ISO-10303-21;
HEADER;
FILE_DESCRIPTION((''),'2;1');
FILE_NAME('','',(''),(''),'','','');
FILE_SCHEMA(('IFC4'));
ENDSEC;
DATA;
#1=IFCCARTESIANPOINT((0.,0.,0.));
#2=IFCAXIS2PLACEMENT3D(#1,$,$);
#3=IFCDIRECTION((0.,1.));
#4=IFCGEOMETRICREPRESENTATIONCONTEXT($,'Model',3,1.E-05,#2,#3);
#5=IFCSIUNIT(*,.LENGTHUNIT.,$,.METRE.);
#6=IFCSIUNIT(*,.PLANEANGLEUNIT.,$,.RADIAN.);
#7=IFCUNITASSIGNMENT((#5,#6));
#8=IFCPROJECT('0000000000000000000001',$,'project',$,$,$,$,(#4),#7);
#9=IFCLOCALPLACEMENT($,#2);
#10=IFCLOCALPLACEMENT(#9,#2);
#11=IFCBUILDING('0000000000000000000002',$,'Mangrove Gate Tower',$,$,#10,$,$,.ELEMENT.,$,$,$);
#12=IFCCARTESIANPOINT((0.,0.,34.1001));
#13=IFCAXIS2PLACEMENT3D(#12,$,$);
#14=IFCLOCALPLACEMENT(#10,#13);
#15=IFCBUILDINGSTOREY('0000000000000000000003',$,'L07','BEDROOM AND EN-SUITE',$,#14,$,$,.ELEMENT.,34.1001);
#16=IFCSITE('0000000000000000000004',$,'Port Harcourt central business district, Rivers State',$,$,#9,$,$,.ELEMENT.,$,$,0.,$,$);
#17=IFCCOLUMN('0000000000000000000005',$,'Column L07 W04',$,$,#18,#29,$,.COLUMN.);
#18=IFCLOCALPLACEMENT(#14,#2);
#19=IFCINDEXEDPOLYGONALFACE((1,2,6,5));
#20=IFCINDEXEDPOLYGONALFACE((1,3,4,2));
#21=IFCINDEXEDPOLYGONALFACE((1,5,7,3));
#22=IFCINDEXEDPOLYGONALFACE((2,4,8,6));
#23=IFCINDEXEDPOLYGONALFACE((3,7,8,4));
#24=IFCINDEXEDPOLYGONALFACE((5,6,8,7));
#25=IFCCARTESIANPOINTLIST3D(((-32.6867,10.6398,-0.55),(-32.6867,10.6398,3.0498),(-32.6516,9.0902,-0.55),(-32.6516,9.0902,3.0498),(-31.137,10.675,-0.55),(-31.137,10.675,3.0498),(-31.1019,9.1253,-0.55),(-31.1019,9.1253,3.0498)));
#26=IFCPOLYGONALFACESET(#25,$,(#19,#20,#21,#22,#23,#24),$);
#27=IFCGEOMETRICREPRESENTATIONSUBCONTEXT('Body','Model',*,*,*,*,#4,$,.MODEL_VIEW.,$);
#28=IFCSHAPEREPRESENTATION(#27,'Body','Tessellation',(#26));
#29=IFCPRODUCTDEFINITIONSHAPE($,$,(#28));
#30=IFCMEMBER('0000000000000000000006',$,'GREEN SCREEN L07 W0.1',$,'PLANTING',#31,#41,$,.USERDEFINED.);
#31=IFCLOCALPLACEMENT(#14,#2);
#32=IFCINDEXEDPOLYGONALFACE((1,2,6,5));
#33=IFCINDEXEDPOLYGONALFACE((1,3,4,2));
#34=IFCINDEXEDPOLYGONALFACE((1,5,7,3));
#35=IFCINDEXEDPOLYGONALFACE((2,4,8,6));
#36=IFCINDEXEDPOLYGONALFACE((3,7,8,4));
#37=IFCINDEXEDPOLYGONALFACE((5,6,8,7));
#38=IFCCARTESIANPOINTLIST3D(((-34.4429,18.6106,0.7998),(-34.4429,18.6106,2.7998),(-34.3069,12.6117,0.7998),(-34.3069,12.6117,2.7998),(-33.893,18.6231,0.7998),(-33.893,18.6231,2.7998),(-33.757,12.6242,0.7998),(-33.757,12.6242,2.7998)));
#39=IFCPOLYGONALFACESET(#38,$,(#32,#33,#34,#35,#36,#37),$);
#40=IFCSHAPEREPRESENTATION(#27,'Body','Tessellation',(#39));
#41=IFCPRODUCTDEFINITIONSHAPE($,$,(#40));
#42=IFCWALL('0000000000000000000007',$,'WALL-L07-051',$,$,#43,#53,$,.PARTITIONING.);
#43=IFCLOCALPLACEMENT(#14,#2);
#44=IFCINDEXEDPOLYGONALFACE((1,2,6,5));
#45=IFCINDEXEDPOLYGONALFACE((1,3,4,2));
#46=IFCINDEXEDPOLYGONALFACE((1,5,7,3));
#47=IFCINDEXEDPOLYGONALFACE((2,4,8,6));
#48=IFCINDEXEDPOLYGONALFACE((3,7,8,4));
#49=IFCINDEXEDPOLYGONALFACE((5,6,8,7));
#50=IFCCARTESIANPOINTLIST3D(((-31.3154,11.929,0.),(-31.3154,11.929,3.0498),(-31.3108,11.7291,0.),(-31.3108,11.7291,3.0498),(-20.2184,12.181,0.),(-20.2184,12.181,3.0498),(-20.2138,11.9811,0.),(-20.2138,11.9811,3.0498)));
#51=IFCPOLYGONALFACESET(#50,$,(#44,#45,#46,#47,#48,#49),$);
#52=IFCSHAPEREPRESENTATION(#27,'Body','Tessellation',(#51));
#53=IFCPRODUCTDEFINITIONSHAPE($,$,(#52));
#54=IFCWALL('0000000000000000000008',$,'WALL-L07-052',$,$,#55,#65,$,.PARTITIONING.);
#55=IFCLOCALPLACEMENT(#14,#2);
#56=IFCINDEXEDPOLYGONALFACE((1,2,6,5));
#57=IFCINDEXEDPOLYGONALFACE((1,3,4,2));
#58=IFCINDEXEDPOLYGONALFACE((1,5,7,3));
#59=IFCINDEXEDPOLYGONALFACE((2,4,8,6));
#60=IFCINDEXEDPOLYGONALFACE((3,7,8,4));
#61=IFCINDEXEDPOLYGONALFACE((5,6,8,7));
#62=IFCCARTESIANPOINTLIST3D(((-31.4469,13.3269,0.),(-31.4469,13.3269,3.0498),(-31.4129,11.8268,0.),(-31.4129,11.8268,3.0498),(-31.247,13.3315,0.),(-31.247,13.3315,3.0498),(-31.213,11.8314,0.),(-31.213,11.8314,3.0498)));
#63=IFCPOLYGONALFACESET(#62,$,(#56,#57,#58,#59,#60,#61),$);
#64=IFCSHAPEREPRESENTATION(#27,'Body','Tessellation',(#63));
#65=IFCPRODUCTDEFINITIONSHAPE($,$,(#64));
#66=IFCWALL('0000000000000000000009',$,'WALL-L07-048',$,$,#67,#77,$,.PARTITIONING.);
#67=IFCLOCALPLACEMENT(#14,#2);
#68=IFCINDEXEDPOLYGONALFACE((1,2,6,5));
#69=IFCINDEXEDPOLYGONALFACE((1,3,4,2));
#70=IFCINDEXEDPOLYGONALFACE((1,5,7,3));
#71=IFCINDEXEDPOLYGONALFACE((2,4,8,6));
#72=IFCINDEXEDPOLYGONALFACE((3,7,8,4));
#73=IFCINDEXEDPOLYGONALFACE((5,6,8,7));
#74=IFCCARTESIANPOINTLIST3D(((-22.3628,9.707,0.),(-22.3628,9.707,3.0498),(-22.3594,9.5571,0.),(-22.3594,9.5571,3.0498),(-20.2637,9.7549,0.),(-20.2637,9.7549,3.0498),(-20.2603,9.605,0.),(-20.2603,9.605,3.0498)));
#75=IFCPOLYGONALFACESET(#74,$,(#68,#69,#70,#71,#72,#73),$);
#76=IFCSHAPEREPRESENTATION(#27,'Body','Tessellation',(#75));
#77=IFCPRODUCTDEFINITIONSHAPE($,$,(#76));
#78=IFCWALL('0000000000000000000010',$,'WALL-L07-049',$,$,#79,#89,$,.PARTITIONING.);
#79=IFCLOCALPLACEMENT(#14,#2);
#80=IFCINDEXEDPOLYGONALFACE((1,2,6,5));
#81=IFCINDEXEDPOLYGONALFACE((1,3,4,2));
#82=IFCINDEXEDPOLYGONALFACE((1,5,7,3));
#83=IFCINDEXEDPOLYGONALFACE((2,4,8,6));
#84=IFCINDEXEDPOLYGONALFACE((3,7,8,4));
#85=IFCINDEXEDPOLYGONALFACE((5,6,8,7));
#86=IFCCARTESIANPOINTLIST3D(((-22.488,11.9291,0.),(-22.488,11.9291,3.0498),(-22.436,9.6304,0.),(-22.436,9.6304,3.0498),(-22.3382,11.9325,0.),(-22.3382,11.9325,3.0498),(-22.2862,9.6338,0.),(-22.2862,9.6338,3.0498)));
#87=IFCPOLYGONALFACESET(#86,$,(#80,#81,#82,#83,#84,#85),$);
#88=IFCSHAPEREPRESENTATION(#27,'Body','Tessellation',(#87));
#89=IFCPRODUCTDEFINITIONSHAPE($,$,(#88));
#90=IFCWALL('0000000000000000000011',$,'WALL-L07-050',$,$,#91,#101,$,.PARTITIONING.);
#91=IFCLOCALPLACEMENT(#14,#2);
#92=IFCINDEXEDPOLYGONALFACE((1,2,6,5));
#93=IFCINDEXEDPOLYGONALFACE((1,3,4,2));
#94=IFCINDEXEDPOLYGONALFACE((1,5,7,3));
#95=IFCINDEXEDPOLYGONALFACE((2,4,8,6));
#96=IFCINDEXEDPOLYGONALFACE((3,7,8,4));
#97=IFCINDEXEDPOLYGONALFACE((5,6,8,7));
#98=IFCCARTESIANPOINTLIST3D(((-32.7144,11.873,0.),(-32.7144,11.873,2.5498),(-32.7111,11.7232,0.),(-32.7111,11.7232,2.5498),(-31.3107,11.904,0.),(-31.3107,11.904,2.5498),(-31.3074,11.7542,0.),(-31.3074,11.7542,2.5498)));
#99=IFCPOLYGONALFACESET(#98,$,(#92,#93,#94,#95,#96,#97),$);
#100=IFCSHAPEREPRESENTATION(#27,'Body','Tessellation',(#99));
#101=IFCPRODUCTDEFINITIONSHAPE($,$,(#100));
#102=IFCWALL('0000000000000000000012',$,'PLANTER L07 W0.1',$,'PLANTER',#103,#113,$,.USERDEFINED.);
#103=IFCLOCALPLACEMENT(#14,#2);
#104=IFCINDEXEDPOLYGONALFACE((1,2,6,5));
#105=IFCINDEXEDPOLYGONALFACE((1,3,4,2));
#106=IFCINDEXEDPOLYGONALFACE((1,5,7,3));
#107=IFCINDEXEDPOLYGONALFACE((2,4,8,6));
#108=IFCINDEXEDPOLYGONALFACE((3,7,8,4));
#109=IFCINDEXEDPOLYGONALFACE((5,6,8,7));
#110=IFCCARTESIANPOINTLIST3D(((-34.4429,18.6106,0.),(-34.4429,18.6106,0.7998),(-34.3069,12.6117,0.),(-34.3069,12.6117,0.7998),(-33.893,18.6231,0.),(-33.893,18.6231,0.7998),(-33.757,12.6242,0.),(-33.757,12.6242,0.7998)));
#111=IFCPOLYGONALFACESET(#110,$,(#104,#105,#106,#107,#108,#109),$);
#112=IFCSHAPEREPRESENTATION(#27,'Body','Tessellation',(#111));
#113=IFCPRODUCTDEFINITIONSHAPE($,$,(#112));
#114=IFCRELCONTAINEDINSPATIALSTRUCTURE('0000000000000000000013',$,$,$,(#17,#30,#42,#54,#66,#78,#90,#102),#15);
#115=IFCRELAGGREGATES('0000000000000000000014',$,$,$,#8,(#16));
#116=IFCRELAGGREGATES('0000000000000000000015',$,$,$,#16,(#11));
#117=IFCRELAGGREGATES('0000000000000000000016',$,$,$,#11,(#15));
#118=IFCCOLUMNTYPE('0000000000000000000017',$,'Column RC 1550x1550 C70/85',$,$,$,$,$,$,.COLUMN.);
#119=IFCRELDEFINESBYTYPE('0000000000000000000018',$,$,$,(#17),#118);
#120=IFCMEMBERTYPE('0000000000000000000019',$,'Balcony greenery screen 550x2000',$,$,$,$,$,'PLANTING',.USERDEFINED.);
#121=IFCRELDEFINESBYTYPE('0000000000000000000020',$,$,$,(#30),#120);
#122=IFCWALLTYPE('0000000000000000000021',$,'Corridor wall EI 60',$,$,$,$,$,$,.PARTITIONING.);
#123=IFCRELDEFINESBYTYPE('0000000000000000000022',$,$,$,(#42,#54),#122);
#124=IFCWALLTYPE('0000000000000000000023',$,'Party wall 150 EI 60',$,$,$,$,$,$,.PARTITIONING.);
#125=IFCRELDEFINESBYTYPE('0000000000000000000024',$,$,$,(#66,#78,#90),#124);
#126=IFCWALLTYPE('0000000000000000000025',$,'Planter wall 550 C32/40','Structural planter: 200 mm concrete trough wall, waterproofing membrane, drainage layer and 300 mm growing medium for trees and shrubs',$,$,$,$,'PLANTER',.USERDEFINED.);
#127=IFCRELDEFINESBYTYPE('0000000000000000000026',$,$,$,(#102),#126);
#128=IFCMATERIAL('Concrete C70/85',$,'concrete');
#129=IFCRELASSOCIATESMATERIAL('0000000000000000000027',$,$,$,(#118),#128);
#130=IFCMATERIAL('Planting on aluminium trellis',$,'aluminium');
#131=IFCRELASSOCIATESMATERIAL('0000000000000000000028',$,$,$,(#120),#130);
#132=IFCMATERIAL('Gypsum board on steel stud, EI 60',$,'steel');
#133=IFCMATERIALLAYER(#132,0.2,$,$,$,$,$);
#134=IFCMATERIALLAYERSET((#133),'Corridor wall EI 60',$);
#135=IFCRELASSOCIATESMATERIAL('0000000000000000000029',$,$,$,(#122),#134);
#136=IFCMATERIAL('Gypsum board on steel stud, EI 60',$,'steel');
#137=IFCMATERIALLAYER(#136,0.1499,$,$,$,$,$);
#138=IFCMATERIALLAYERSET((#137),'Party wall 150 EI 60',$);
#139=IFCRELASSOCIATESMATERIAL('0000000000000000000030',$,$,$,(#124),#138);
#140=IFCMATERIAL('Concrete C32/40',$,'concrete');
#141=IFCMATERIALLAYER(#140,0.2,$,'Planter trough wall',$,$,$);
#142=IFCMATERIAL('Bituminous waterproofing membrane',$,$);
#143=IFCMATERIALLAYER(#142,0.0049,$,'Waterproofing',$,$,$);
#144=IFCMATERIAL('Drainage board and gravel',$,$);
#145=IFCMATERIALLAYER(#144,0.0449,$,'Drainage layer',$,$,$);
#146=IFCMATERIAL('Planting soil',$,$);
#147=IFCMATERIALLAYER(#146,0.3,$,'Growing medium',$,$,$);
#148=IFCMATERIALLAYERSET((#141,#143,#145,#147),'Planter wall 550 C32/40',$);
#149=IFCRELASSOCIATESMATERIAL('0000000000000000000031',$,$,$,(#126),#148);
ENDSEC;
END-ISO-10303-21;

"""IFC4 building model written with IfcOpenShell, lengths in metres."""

from ifc_helpers import new_model, si_unit, direction, frame, frame_2d, origin, origin_2d, place, context, subcontext, project, spatial, rectangle, extrude, material, layer, layer_set, material_profile, profile_set, type_object, element, save


model = new_model("IFC4")

# Units and contexts
model_context = context("Model", 3, precision=1e-05, world=origin(), true_north=direction((0.0, 1.0)))
body_context = subcontext(model_context, "Body", "Model", "MODEL_VIEW")
ifc_project = project(units=[si_unit("LENGTHUNIT", "METRE"), si_unit("PLANEANGLEUNIT", "RADIAN")], contexts=[model_context])

# Site, building, storey
site_placement = place(None, origin())
site = spatial("IfcSite", under=ifc_project, at=site_placement, Name="Port Harcourt central business district, Rivers State", CompositionType="ELEMENT", RefElevation=0.0)
building_placement = place(site_placement, origin())
building = spatial("IfcBuilding", under=site, at=building_placement, Name="Mangrove Gate Tower", CompositionType="ELEMENT")
storey_placement = place(building_placement, frame((0.0, 0.0, 34.1001)))
storey = spatial("IfcBuildingStorey", under=building, at=storey_placement, Name="L07", Description="BEDROOM AND EN-SUITE", CompositionType="ELEMENT", Elevation=34.1001)

# Column
ifc_material_1 = material(Name="Concrete C70/85", Category="concrete")
ifc_material_profile_1 = material_profile(ifc_material_1, rectangle(XDim=1.55, YDim=1.55, at=origin_2d()))
ifc_profile_set_1 = profile_set([ifc_material_profile_1], Name="Concrete C70/85")
column_type = type_object("IfcColumnType", Name="Column RC 1550x1550 C70/85", PredefinedType="COLUMN", material=ifc_profile_set_1)
column_placement = place(storey_placement, frame((-31.8943, 9.8826, -0.55), z_axis=(0.0, 0.0, 1.0), x_axis=(0.022653, -0.999743, 0.0)))
element("IfcColumn", 1, at=column_placement, inside=storey, type_object=column_type, Name="Column L07 W04", PredefinedType="COLUMN", context=body_context, shape_type="SweptSolid", body=[
    extrude(rectangle(XDim=1.55, YDim=1.55, at=origin_2d()), origin(), (0.0, 0.0, 1.0), 3.5999),
])

# Member
ifc_material_2 = material(Name="Planting on aluminium trellis", Category="aluminium")
ifc_material_profile_2 = material_profile(ifc_material_2, rectangle(XDim=0.55, YDim=2.0, at=origin_2d()))
ifc_profile_set_2 = profile_set([ifc_material_profile_2], Name="Planting on aluminium trellis")
member_type = type_object("IfcMemberType", Name="Balcony greenery screen 550x2000", ElementType="PLANTING", PredefinedType="USERDEFINED", material=ifc_profile_set_2)
member_placement = place(storey_placement, frame((-34.032, 12.6179, 1.7998), z_axis=(-0.022662, 0.999743, 0.0), x_axis=(-0.999743, -0.022662, 0.0)))
element("IfcMember", 2, at=member_placement, inside=storey, type_object=member_type, Name="GREEN SCREEN L07 W0.1", ObjectType="PLANTING", PredefinedType="USERDEFINED", context=body_context, shape_type="SweptSolid", body=[
    extrude(rectangle(XDim=0.55, YDim=2.0, at=origin_2d()), origin(), (0.0, 0.0, 1.0), 6.0005),
])

# Walls
ifc_material_3 = material(Name="Gypsum board on steel stud, EI 60", Category="steel")
ifc_layer_1 = layer(ifc_material_3, 0.2)
ifc_layer_set_1 = layer_set([ifc_layer_1], Name="Corridor wall EI 60")
wall_type_1 = type_object("IfcWallType", Name="Corridor wall EI 60", PredefinedType="PARTITIONING", material=ifc_layer_set_1)
wall_1_placement = place(storey_placement, frame((-31.313, 11.8291, 0.0), z_axis=(0.0, 0.0, 1.0), x_axis=(0.999742, 0.022699, 0.0)))
element("IfcWall", 3, at=wall_1_placement, inside=storey, type_object=wall_type_1, Name="WALL-L07-051", PredefinedType="PARTITIONING", context=body_context, shape_type="SweptSolid", body=[
    extrude(rectangle(XDim=11.0999, YDim=0.2, at=frame_2d((5.5498, 0.0))), origin(), (0.0, 0.0, 1.0), 3.0498),
])
wall_2_placement = place(storey_placement, frame((-31.313, 11.8291, 0.0), z_axis=(0.0, 0.0, 1.0), x_axis=(-0.022618, 0.999744, 0.0)))
element("IfcWall", 4, at=wall_2_placement, inside=storey, type_object=wall_type_1, Name="WALL-L07-052", PredefinedType="PARTITIONING", context=body_context, shape_type="SweptSolid", body=[
    extrude(rectangle(XDim=1.5005, YDim=0.2, at=frame_2d((0.7502, 0.0))), origin(), (0.0, 0.0, 1.0), 3.0498),
])

# Walls
ifc_material_4 = material(Name="Gypsum board on steel stud, EI 60", Category="steel")
ifc_layer_2 = layer(ifc_material_4, 0.1499)
ifc_layer_set_2 = layer_set([ifc_layer_2], Name="Party wall 150 EI 60")
wall_type_2 = type_object("IfcWallType", Name="Party wall 150 EI 60", PredefinedType="PARTITIONING", material=ifc_layer_set_2)
wall_3_placement = place(storey_placement, frame((-22.3611, 9.6321, 0.0), z_axis=(0.0, 0.0, 1.0), x_axis=(0.99974, 0.02279, 0.0)))
element("IfcWall", 5, at=wall_3_placement, inside=storey, type_object=wall_type_2, Name="WALL-L07-048", PredefinedType="PARTITIONING", context=body_context, shape_type="SweptSolid", body=[
    extrude(rectangle(XDim=2.0996, YDim=0.1499, at=frame_2d((1.0498, 0.0))), origin(), (0.0, 0.0, 1.0), 3.0498),
])
wall_4_placement = place(storey_placement, frame((-22.3611, 9.6321, 0.0), z_axis=(0.0, 0.0, 1.0), x_axis=(-0.022615, 0.999744, 0.0)))
element("IfcWall", 6, at=wall_4_placement, inside=storey, type_object=wall_type_2, Name="WALL-L07-049", PredefinedType="PARTITIONING", context=body_context, shape_type="SweptSolid", body=[
    extrude(rectangle(XDim=2.2993, YDim=0.1499, at=frame_2d((1.1497, 0.0))), origin(), (0.0, 0.0, 1.0), 3.0498),
])
wall_5_placement = place(storey_placement, frame((-32.7129, 11.7981, 0.0), z_axis=(0.0, 0.0, 1.0), x_axis=(0.999756, 0.022082, 0.0)))
element("IfcWall", 7, at=wall_5_placement, inside=storey, type_object=wall_type_2, Name="WALL-L07-050", PredefinedType="PARTITIONING", context=body_context, shape_type="SweptSolid", body=[
    extrude(rectangle(XDim=1.4041, YDim=0.1499, at=frame_2d((0.7021, 0.0))), origin(), (0.0, 0.0, 1.0), 2.5498),
])
ifc_material_5 = material(Name="Concrete C32/40", Category="concrete")
ifc_layer_3 = layer(ifc_material_5, 0.2, Name="Planter trough wall")
ifc_material_6 = material(Name="Bituminous waterproofing membrane")
ifc_layer_4 = layer(ifc_material_6, 0.0049, Name="Waterproofing")
ifc_material_7 = material(Name="Drainage board and gravel")
ifc_layer_5 = layer(ifc_material_7, 0.0449, Name="Drainage layer")
ifc_material_8 = material(Name="Planting soil")
ifc_layer_6 = layer(ifc_material_8, 0.3, Name="Growing medium")
ifc_layer_set_3 = layer_set([ifc_layer_3, ifc_layer_4, ifc_layer_5, ifc_layer_6], Name="Planter wall 550 C32/40")
wall_type_3 = type_object("IfcWallType", Name="Planter wall 550 C32/40", Description="Structural planter: 200 mm concrete trough wall, waterproofing membrane, drainage layer and 300 mm growing medium for trees and shrubs", ElementType="PLANTER", PredefinedType="USERDEFINED", material=ifc_layer_set_3)
wall_6_placement = place(storey_placement, frame((-34.032, 12.6179, 0.0), z_axis=(0.0, 0.0, 1.0), x_axis=(-0.022662, 0.999743, 0.0)))
element("IfcWall", 8, at=wall_6_placement, inside=storey, type_object=wall_type_3, Name="PLANTER L07 W0.1", ObjectType="PLANTER", PredefinedType="USERDEFINED", context=body_context, shape_type="SweptSolid", body=[
    extrude(rectangle(XDim=6.0005, YDim=0.55, at=frame_2d((3.0002, 0.0))), origin(), (0.0, 0.0, 1.0), 0.7998),
])

save(model, "model.ifc")
